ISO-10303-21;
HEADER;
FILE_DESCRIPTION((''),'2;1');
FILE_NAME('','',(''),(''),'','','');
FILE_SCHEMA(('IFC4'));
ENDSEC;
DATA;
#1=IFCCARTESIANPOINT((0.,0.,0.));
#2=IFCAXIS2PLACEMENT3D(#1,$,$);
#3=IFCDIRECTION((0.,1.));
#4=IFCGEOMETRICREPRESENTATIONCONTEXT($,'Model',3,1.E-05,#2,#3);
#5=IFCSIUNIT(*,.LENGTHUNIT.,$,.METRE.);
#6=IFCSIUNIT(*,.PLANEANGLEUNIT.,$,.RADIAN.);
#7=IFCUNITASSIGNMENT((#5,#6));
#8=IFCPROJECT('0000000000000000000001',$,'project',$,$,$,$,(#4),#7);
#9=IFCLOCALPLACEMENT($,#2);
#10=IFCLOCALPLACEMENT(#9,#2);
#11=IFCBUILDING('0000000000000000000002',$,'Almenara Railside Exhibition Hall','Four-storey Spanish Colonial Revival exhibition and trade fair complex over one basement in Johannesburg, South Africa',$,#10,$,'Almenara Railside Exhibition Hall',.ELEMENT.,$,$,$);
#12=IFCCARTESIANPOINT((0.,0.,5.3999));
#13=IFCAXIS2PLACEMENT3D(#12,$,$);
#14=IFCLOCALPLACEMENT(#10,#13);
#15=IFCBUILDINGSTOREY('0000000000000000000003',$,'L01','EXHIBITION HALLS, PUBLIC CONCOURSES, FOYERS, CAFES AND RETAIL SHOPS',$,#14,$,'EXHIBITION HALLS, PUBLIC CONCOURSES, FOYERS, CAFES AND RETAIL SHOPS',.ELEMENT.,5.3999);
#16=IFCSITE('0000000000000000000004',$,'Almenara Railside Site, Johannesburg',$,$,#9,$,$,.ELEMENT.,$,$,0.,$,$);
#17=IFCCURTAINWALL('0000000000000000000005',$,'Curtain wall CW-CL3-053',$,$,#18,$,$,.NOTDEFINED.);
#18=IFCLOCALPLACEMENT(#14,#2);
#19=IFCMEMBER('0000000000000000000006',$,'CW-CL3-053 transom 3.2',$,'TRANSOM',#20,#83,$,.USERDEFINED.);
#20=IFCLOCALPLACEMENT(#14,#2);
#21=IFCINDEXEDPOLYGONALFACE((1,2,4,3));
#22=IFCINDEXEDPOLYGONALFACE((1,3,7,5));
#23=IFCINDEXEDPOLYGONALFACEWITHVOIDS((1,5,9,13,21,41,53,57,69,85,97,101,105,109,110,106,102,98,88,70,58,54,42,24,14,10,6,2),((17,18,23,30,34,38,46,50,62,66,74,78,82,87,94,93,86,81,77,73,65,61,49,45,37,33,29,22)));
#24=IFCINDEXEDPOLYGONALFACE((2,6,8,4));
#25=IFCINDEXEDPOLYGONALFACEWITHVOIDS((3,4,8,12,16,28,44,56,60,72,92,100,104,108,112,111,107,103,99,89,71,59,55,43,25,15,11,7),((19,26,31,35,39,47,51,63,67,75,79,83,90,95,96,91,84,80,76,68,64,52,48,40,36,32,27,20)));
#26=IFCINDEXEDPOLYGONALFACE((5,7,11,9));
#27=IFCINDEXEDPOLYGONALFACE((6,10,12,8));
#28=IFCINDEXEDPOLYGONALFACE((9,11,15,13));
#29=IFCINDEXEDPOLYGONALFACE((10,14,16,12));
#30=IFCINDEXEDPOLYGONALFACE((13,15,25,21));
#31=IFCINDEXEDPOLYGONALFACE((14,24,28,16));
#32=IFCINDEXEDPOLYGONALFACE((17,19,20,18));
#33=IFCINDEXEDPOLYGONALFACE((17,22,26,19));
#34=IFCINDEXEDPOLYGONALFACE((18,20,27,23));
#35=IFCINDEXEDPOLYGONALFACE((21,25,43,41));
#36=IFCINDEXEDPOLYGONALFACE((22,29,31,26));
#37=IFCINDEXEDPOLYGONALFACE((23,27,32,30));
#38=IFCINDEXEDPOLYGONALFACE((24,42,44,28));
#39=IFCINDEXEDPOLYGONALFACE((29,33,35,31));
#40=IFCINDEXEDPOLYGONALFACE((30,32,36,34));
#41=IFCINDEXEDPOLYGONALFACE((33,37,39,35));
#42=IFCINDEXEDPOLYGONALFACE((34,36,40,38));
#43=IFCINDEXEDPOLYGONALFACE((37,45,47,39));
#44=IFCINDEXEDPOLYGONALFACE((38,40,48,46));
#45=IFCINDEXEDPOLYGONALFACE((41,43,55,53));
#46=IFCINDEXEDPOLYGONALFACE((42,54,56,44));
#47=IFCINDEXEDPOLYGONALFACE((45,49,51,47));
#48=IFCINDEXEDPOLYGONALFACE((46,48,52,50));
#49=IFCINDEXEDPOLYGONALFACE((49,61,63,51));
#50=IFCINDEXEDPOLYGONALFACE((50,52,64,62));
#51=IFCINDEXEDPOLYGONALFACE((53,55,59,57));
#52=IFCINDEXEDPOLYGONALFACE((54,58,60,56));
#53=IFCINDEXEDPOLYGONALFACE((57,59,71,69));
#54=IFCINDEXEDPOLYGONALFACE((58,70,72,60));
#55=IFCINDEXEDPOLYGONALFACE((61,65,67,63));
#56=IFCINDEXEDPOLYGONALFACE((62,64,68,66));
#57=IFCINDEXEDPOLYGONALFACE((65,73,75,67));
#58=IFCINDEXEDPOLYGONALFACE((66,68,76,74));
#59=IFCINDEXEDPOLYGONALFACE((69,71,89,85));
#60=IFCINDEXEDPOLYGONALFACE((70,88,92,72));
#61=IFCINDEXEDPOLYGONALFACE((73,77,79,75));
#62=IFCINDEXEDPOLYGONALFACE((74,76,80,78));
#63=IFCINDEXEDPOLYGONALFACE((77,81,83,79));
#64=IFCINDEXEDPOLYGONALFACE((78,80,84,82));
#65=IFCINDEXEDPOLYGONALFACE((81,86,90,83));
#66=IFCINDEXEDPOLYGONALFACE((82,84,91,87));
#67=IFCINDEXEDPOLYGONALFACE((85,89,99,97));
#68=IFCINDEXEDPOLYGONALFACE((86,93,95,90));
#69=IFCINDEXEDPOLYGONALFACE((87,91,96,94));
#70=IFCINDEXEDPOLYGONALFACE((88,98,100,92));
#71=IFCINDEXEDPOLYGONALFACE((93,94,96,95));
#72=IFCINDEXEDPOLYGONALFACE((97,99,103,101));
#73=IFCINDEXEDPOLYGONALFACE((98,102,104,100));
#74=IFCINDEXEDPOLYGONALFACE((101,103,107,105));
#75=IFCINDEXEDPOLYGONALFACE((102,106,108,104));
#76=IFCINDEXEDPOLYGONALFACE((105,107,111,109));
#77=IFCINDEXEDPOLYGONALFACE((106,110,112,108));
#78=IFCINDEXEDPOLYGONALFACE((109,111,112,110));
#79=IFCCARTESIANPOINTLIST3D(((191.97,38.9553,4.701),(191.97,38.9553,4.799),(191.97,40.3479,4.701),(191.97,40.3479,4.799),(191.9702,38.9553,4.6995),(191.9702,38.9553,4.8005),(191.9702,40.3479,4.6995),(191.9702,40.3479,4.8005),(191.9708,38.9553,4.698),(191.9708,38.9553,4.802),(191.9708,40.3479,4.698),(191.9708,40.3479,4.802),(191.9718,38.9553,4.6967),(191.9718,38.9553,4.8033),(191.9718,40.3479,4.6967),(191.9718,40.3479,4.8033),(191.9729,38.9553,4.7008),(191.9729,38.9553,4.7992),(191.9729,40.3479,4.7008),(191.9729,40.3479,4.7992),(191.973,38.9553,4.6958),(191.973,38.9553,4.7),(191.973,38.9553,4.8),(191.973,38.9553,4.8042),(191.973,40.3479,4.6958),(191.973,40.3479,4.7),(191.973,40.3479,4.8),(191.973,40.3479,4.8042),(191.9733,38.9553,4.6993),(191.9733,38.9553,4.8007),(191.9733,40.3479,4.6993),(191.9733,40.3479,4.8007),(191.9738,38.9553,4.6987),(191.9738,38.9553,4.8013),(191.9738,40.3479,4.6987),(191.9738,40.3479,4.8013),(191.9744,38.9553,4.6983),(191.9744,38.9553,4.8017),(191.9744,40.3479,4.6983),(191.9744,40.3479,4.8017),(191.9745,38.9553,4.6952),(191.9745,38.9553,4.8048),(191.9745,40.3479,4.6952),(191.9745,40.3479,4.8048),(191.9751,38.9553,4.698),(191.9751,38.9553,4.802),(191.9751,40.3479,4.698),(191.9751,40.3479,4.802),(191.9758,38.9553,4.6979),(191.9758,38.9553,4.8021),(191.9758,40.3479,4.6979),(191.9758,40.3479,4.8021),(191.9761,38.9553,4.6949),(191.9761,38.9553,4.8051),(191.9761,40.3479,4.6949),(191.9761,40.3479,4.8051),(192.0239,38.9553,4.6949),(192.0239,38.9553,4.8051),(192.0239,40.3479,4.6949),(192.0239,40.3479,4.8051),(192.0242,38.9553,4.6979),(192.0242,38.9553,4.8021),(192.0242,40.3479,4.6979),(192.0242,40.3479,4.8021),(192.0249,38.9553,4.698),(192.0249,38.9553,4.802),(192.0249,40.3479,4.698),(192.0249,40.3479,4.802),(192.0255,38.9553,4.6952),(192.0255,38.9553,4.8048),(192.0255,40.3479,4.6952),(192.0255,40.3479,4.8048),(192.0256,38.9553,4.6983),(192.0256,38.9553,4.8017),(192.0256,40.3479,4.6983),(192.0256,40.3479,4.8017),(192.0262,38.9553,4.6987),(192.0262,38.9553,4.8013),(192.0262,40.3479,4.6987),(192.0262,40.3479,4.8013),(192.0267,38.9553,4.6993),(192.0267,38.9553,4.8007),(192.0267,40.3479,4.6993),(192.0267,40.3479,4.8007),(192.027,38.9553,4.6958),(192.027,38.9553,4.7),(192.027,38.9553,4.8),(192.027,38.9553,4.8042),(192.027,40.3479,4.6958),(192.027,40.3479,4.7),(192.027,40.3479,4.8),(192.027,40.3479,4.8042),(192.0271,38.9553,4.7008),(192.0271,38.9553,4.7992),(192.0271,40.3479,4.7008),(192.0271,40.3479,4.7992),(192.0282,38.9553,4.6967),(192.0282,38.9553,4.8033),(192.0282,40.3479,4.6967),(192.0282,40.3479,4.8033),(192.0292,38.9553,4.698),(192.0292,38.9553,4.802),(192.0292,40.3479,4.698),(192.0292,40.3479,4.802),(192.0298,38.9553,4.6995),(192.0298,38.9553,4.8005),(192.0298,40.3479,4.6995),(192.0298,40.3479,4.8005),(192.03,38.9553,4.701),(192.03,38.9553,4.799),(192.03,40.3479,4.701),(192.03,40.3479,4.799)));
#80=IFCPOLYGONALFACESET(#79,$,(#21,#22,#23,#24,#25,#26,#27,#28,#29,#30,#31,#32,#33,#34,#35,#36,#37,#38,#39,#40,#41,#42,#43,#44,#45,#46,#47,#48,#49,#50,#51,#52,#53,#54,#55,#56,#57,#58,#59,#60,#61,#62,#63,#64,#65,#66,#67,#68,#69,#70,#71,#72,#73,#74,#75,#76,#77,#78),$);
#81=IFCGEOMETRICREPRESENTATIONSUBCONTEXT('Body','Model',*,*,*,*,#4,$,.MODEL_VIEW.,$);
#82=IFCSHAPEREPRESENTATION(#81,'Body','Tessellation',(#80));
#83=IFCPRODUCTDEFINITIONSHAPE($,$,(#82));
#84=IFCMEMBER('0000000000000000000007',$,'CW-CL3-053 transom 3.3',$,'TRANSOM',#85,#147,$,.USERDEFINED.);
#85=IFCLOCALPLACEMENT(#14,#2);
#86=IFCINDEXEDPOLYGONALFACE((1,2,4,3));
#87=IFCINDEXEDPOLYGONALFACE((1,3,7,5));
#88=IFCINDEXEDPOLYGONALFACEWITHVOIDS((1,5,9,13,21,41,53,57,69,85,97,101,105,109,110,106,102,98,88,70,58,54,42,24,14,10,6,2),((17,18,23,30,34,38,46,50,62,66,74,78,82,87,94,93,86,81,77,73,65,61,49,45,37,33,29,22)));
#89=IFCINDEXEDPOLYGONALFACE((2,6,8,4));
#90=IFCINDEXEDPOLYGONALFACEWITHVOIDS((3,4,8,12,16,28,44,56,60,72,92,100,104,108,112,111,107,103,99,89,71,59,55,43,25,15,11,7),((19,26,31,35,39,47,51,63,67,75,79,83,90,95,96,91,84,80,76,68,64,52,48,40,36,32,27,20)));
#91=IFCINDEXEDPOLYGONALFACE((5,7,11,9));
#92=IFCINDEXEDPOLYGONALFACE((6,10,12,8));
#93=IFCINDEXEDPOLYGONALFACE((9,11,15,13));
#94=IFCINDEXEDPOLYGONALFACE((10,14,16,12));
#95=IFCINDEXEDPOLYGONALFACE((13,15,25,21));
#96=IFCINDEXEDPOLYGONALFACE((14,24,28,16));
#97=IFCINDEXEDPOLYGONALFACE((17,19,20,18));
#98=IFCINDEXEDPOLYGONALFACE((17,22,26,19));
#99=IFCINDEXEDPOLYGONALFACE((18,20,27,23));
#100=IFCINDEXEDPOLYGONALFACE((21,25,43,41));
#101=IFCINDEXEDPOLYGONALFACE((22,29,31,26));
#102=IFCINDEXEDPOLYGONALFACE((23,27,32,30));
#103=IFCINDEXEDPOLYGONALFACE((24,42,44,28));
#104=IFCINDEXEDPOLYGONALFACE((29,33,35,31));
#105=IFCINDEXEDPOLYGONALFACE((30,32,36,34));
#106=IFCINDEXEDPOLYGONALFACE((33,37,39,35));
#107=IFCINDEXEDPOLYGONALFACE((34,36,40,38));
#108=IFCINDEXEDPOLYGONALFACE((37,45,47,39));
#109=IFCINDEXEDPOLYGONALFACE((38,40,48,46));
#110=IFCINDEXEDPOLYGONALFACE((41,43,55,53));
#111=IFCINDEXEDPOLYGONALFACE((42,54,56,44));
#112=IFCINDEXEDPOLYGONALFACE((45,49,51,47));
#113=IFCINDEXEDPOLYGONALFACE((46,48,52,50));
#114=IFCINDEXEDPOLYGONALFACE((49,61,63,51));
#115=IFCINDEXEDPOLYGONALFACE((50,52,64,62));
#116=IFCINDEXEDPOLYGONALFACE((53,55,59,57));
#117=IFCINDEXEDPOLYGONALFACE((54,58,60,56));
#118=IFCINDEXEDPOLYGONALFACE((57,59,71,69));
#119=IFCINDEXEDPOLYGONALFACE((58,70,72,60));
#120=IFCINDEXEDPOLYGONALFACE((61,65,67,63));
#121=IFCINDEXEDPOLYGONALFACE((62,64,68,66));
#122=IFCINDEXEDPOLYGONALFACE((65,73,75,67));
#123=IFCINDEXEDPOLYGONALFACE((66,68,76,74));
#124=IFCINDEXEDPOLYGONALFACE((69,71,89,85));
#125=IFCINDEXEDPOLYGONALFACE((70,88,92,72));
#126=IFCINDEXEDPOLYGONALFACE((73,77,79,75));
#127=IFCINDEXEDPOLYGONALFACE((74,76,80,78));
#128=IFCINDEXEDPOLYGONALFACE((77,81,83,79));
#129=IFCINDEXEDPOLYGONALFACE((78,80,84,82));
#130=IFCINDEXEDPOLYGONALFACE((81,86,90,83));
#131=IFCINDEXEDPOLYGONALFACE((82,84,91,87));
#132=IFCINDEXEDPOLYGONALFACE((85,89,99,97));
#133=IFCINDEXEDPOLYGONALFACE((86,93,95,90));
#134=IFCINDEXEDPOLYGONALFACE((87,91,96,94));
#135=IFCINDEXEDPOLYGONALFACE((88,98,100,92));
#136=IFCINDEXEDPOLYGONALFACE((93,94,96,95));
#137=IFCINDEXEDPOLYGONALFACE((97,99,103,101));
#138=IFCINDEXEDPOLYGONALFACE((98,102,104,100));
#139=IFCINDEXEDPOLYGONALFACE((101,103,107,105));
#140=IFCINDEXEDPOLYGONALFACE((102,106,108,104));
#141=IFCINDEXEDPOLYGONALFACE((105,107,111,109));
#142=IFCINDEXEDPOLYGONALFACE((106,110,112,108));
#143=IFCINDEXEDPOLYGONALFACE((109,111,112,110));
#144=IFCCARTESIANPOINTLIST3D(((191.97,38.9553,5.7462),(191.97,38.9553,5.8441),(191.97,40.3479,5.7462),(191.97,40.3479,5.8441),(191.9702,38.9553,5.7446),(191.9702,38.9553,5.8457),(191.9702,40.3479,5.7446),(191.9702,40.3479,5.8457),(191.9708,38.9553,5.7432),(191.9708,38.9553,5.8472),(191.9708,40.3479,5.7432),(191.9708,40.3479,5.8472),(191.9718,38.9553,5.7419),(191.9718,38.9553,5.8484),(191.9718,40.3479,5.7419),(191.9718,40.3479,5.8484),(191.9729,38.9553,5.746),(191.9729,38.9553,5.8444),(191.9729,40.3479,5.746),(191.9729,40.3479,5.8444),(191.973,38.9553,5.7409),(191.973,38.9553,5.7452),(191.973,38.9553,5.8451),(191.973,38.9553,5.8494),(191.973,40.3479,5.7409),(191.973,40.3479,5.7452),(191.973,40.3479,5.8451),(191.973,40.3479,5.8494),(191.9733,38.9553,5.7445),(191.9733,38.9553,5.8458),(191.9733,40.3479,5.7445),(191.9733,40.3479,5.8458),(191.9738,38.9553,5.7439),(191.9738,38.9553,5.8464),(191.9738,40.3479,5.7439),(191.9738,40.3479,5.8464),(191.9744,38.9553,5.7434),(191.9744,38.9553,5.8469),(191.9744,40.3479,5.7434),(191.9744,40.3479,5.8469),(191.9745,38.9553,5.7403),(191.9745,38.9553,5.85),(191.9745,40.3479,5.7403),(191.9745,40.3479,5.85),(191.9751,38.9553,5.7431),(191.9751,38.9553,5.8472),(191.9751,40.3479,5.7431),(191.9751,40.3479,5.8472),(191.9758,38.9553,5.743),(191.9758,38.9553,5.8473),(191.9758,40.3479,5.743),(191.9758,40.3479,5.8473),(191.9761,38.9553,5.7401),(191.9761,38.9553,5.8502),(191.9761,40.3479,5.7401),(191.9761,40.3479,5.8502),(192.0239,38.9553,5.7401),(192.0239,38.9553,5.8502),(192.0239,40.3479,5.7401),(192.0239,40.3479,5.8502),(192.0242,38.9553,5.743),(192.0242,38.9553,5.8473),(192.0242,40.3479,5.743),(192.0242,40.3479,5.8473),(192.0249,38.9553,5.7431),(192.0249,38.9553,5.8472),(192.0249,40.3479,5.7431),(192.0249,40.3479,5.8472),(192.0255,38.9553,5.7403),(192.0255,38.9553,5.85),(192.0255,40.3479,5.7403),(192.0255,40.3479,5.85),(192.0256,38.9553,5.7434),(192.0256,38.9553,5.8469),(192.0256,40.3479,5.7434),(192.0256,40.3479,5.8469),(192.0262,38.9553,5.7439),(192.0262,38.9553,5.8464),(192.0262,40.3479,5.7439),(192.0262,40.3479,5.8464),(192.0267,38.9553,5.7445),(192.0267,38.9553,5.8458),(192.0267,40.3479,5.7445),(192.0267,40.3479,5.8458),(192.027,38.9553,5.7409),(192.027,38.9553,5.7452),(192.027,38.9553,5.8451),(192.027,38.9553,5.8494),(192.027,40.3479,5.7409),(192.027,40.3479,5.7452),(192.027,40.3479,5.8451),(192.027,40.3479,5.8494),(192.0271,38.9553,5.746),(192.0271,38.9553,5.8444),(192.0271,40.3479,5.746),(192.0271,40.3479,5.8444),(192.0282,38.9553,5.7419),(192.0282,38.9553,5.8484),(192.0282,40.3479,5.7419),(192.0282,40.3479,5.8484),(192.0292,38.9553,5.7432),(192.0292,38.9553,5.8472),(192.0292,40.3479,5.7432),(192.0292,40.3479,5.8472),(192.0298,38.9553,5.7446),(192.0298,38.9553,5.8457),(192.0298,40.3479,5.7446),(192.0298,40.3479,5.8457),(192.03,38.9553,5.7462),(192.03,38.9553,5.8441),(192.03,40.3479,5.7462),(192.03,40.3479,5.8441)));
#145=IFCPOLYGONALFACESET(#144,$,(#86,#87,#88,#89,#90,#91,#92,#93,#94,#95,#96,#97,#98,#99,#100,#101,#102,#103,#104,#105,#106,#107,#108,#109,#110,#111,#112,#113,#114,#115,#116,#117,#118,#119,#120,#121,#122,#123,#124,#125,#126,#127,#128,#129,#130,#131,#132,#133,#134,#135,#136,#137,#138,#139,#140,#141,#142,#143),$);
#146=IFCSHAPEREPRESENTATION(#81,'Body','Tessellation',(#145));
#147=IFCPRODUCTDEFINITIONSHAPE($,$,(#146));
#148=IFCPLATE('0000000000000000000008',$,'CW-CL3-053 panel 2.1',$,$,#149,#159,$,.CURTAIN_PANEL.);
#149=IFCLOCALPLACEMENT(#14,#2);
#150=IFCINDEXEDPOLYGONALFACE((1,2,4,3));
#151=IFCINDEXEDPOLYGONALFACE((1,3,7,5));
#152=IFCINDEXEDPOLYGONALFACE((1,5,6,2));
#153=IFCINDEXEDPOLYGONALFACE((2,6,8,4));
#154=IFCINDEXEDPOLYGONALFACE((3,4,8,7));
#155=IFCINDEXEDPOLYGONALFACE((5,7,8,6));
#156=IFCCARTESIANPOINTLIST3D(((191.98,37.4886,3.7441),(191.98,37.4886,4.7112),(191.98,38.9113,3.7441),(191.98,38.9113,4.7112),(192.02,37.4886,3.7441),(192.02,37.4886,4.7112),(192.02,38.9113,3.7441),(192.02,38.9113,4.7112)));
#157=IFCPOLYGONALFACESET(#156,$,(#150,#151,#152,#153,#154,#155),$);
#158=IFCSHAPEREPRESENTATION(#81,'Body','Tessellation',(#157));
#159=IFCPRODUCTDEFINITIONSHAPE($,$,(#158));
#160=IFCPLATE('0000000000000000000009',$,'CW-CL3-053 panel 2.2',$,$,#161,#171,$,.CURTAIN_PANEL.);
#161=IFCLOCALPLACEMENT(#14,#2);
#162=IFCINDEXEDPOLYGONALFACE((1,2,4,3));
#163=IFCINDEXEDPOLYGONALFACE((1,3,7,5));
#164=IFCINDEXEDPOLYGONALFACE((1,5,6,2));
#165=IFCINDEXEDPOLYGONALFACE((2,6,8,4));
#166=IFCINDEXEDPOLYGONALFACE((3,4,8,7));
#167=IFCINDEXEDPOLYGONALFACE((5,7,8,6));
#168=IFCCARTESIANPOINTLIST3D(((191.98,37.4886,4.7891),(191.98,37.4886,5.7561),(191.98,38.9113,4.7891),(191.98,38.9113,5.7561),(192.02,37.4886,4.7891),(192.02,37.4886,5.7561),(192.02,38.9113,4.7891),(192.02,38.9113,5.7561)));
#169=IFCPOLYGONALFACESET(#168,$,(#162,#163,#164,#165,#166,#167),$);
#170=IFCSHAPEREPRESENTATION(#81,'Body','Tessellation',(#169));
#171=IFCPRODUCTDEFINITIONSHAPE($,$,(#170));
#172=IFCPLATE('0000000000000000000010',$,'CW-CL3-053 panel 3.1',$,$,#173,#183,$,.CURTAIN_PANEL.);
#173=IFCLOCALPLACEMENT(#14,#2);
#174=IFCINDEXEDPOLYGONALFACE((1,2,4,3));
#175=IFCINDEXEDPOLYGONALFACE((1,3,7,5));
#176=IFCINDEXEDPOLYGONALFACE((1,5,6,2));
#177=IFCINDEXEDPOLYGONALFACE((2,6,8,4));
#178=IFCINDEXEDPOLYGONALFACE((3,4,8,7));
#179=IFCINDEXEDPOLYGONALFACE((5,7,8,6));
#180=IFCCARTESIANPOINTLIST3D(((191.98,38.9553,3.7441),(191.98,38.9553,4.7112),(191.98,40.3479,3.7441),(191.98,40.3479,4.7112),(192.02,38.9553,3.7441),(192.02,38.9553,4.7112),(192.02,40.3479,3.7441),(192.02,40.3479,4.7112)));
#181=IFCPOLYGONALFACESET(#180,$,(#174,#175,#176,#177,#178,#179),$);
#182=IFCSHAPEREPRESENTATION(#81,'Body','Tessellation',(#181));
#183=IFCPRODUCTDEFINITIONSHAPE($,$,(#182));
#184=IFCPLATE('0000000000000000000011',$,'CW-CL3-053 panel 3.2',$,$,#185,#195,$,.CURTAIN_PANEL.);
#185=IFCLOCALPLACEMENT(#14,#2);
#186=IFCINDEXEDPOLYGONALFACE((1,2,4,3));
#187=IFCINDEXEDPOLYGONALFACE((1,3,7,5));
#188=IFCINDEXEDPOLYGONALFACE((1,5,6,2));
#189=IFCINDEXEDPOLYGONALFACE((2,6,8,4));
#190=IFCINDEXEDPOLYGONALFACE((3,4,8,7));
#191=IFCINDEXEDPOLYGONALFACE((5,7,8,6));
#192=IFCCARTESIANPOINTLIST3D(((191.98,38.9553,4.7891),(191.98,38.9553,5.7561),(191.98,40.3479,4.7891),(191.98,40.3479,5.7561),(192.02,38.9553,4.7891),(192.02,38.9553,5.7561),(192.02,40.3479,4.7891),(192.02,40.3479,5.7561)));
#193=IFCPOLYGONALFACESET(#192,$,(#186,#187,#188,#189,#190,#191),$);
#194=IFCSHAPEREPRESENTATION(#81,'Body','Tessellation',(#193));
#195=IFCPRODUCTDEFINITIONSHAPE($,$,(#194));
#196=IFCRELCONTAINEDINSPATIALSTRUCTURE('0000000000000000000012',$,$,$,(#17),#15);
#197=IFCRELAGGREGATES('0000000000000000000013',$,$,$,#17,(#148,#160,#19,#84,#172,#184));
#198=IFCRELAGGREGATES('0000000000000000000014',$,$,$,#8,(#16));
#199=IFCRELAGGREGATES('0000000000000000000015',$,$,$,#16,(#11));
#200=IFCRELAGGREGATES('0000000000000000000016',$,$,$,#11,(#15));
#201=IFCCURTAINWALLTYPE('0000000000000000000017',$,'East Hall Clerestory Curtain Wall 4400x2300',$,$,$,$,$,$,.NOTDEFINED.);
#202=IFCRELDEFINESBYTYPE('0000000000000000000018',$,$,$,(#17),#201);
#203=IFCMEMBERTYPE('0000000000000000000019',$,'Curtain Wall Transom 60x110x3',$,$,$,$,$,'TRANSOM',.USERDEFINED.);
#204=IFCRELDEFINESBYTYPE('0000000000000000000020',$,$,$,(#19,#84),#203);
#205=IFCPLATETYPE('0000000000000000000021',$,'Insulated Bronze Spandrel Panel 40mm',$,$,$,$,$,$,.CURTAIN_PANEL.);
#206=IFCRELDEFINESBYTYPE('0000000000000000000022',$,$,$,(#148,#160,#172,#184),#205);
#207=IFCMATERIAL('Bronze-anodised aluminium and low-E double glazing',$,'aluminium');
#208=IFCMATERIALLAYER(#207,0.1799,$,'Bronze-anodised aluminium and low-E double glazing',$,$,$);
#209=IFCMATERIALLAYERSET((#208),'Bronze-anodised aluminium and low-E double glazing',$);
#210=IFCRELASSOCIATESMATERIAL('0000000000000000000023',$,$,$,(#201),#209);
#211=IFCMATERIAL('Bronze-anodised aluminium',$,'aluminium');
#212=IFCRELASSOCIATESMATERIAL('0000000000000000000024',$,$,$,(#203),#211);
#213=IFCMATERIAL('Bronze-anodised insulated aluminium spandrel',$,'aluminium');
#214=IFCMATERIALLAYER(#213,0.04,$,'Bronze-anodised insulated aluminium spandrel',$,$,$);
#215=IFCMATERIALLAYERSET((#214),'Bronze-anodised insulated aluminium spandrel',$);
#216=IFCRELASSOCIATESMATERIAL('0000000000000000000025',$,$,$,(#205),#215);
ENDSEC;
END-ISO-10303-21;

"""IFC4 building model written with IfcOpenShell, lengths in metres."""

from ifc_helpers import new_model, si_unit, direction, frame, origin, origin_2d, place, context, subcontext, project, spatial, rectangle, hollow_rectangle, extrude, material, layer, layer_set, material_profile, profile_set, type_object, element, aggregate, save


model = new_model("IFC4")

# Units and contexts
model_context = context("Model", 3, precision=1e-05, world=origin(), true_north=direction((0.0, 1.0)))
body_context = subcontext(model_context, "Body", "Model", "MODEL_VIEW")
ifc_project = project(units=[si_unit("LENGTHUNIT", "METRE"), si_unit("PLANEANGLEUNIT", "RADIAN")], contexts=[model_context])

# Site, building, storey
site_placement = place(None, origin())
site = spatial("IfcSite", under=ifc_project, at=site_placement, Name="Almenara Railside Site, Johannesburg", CompositionType="ELEMENT", RefElevation=0.0)
building_placement = place(site_placement, origin())
building = spatial("IfcBuilding", under=site, at=building_placement, Name="Almenara Railside Exhibition Hall", Description="Four-storey Spanish Colonial Revival exhibition and trade fair complex over one basement in Johannesburg, South Africa", LongName="Almenara Railside Exhibition Hall", CompositionType="ELEMENT")
storey_placement = place(building_placement, frame((0.0, 0.0, 5.3999)))
storey = spatial("IfcBuildingStorey", under=building, at=storey_placement, Name="L01", Description="EXHIBITION HALLS, PUBLIC CONCOURSES, FOYERS, CAFES AND RETAIL SHOPS", LongName="EXHIBITION HALLS, PUBLIC CONCOURSES, FOYERS, CAFES AND RETAIL SHOPS", CompositionType="ELEMENT", Elevation=5.3999)

# Curtain wall
ifc_material_1 = material(Name="Bronze-anodised aluminium and low-E double glazing", Category="aluminium")
ifc_layer_1 = layer(ifc_material_1, 0.1799, Name="Bronze-anodised aluminium and low-E double glazing")
ifc_layer_set_1 = layer_set([ifc_layer_1], Name="Bronze-anodised aluminium and low-E double glazing")
curtain_wall_type = type_object("IfcCurtainWallType", Name="East Hall Clerestory Curtain Wall 4400x2300", PredefinedType="NOTDEFINED", material=ifc_layer_set_1)
ifc_material_2 = material(Name="Bronze-anodised aluminium", Category="aluminium")
curtain_wall_1_placement = place(storey_placement, origin())
curtain_wall_1 = element("IfcCurtainWall", 1, at=curtain_wall_1_placement, inside=storey, type_object=curtain_wall_type, Name="Curtain wall CW-CL3-053", PredefinedType="NOTDEFINED")

# Members
ifc_material_profile_1 = material_profile(ifc_material_2, hollow_rectangle(XDim=0.0601, YDim=0.1101, WallThickness=0.0029, InnerFilletRadius=0.0029, OuterFilletRadius=0.0061, at=origin_2d()), Name="ALU-TRN 60x110x3")
ifc_profile_set_1 = profile_set([ifc_material_profile_1], Name="Bronze-anodised aluminium")
member_type_1 = type_object("IfcMemberType", Name="Curtain Wall Transom 60x110x3", ElementType="TRANSOM", PredefinedType="USERDEFINED", material=ifc_profile_set_1)
member_1_placement = place(storey_placement, frame((192.0, 38.9553, 4.75), z_axis=(0.0, 1.0, 0.0), x_axis=(-1.0, 0.0, 0.0)))
member_1 = element("IfcMember", 2, at=member_1_placement, type_object=member_type_1, Name="CW-CL3-053 transom 3.2", ObjectType="TRANSOM", PredefinedType="USERDEFINED", context=body_context, shape_type="SweptSolid", body=[
    extrude(hollow_rectangle(XDim=0.0601, YDim=0.1101, WallThickness=0.0029, InnerFilletRadius=0.0029, OuterFilletRadius=0.0061, at=origin_2d()), origin(), (0.0, 0.0, 1.0), 1.3926),
])
member_2_placement = place(storey_placement, frame((192.0, 38.9553, 5.7952), z_axis=(0.0, 1.0, 0.0), x_axis=(-1.0, 0.0, 0.0)))
member_2 = element("IfcMember", 3, at=member_2_placement, type_object=member_type_1, Name="CW-CL3-053 transom 3.3", ObjectType="TRANSOM", PredefinedType="USERDEFINED", context=body_context, shape_type="SweptSolid", body=[
    extrude(hollow_rectangle(XDim=0.0601, YDim=0.1101, WallThickness=0.0029, InnerFilletRadius=0.0029, OuterFilletRadius=0.0061, at=origin_2d()), origin(), (0.0, 0.0, 1.0), 1.3926),
])

# Plates
ifc_material_3 = material(Name="Bronze-anodised insulated aluminium spandrel", Category="aluminium")
ifc_layer_2 = layer(ifc_material_3, 0.04, Name="Bronze-anodised insulated aluminium spandrel")
ifc_layer_set_2 = layer_set([ifc_layer_2], Name="Bronze-anodised insulated aluminium spandrel")
plate_type_1 = type_object("IfcPlateType", Name="Insulated Bronze Spandrel Panel 40mm", PredefinedType="CURTAIN_PANEL", material=ifc_layer_set_2)
plate_1_placement = place(storey_placement, frame((192.0, 38.2, 3.7441), z_axis=(0.0, 0.0, 1.0), x_axis=(0.0, 1.0, 0.0)))
plate_1 = element("IfcPlate", 4, at=plate_1_placement, type_object=plate_type_1, Name="CW-CL3-053 panel 2.1", PredefinedType="CURTAIN_PANEL", context=body_context, shape_type="SweptSolid", body=[
    extrude(rectangle(XDim=1.4226, YDim=0.04, at=origin_2d()), origin(), (0.0, 0.0, 1.0), 0.967),
])
plate_2_placement = place(storey_placement, frame((192.0, 38.2, 4.7891), z_axis=(0.0, 0.0, 1.0), x_axis=(0.0, 1.0, 0.0)))
plate_2 = element("IfcPlate", 5, at=plate_2_placement, type_object=plate_type_1, Name="CW-CL3-053 panel 2.2", PredefinedType="CURTAIN_PANEL", context=body_context, shape_type="SweptSolid", body=[
    extrude(rectangle(XDim=1.4226, YDim=0.04, at=origin_2d()), origin(), (0.0, 0.0, 1.0), 0.967),
])
plate_3_placement = place(storey_placement, frame((192.0, 39.6516, 3.7441), z_axis=(0.0, 0.0, 1.0), x_axis=(0.0, 1.0, 0.0)))
plate_3 = element("IfcPlate", 6, at=plate_3_placement, type_object=plate_type_1, Name="CW-CL3-053 panel 3.1", PredefinedType="CURTAIN_PANEL", context=body_context, shape_type="SweptSolid", body=[
    extrude(rectangle(XDim=1.3926, YDim=0.04, at=origin_2d()), origin(), (0.0, 0.0, 1.0), 0.967),
])
plate_4_placement = place(storey_placement, frame((192.0, 39.6516, 4.7891), z_axis=(0.0, 0.0, 1.0), x_axis=(0.0, 1.0, 0.0)))
plate_4 = element("IfcPlate", 7, at=plate_4_placement, type_object=plate_type_1, Name="CW-CL3-053 panel 3.2", PredefinedType="CURTAIN_PANEL", context=body_context, shape_type="SweptSolid", body=[
    extrude(rectangle(XDim=1.3926, YDim=0.04, at=origin_2d()), origin(), (0.0, 0.0, 1.0), 0.967),
])
aggregate(curtain_wall_1, [plate_1, plate_2, member_1, member_2, plate_3, plate_4])

save(model, "model.ifc")
